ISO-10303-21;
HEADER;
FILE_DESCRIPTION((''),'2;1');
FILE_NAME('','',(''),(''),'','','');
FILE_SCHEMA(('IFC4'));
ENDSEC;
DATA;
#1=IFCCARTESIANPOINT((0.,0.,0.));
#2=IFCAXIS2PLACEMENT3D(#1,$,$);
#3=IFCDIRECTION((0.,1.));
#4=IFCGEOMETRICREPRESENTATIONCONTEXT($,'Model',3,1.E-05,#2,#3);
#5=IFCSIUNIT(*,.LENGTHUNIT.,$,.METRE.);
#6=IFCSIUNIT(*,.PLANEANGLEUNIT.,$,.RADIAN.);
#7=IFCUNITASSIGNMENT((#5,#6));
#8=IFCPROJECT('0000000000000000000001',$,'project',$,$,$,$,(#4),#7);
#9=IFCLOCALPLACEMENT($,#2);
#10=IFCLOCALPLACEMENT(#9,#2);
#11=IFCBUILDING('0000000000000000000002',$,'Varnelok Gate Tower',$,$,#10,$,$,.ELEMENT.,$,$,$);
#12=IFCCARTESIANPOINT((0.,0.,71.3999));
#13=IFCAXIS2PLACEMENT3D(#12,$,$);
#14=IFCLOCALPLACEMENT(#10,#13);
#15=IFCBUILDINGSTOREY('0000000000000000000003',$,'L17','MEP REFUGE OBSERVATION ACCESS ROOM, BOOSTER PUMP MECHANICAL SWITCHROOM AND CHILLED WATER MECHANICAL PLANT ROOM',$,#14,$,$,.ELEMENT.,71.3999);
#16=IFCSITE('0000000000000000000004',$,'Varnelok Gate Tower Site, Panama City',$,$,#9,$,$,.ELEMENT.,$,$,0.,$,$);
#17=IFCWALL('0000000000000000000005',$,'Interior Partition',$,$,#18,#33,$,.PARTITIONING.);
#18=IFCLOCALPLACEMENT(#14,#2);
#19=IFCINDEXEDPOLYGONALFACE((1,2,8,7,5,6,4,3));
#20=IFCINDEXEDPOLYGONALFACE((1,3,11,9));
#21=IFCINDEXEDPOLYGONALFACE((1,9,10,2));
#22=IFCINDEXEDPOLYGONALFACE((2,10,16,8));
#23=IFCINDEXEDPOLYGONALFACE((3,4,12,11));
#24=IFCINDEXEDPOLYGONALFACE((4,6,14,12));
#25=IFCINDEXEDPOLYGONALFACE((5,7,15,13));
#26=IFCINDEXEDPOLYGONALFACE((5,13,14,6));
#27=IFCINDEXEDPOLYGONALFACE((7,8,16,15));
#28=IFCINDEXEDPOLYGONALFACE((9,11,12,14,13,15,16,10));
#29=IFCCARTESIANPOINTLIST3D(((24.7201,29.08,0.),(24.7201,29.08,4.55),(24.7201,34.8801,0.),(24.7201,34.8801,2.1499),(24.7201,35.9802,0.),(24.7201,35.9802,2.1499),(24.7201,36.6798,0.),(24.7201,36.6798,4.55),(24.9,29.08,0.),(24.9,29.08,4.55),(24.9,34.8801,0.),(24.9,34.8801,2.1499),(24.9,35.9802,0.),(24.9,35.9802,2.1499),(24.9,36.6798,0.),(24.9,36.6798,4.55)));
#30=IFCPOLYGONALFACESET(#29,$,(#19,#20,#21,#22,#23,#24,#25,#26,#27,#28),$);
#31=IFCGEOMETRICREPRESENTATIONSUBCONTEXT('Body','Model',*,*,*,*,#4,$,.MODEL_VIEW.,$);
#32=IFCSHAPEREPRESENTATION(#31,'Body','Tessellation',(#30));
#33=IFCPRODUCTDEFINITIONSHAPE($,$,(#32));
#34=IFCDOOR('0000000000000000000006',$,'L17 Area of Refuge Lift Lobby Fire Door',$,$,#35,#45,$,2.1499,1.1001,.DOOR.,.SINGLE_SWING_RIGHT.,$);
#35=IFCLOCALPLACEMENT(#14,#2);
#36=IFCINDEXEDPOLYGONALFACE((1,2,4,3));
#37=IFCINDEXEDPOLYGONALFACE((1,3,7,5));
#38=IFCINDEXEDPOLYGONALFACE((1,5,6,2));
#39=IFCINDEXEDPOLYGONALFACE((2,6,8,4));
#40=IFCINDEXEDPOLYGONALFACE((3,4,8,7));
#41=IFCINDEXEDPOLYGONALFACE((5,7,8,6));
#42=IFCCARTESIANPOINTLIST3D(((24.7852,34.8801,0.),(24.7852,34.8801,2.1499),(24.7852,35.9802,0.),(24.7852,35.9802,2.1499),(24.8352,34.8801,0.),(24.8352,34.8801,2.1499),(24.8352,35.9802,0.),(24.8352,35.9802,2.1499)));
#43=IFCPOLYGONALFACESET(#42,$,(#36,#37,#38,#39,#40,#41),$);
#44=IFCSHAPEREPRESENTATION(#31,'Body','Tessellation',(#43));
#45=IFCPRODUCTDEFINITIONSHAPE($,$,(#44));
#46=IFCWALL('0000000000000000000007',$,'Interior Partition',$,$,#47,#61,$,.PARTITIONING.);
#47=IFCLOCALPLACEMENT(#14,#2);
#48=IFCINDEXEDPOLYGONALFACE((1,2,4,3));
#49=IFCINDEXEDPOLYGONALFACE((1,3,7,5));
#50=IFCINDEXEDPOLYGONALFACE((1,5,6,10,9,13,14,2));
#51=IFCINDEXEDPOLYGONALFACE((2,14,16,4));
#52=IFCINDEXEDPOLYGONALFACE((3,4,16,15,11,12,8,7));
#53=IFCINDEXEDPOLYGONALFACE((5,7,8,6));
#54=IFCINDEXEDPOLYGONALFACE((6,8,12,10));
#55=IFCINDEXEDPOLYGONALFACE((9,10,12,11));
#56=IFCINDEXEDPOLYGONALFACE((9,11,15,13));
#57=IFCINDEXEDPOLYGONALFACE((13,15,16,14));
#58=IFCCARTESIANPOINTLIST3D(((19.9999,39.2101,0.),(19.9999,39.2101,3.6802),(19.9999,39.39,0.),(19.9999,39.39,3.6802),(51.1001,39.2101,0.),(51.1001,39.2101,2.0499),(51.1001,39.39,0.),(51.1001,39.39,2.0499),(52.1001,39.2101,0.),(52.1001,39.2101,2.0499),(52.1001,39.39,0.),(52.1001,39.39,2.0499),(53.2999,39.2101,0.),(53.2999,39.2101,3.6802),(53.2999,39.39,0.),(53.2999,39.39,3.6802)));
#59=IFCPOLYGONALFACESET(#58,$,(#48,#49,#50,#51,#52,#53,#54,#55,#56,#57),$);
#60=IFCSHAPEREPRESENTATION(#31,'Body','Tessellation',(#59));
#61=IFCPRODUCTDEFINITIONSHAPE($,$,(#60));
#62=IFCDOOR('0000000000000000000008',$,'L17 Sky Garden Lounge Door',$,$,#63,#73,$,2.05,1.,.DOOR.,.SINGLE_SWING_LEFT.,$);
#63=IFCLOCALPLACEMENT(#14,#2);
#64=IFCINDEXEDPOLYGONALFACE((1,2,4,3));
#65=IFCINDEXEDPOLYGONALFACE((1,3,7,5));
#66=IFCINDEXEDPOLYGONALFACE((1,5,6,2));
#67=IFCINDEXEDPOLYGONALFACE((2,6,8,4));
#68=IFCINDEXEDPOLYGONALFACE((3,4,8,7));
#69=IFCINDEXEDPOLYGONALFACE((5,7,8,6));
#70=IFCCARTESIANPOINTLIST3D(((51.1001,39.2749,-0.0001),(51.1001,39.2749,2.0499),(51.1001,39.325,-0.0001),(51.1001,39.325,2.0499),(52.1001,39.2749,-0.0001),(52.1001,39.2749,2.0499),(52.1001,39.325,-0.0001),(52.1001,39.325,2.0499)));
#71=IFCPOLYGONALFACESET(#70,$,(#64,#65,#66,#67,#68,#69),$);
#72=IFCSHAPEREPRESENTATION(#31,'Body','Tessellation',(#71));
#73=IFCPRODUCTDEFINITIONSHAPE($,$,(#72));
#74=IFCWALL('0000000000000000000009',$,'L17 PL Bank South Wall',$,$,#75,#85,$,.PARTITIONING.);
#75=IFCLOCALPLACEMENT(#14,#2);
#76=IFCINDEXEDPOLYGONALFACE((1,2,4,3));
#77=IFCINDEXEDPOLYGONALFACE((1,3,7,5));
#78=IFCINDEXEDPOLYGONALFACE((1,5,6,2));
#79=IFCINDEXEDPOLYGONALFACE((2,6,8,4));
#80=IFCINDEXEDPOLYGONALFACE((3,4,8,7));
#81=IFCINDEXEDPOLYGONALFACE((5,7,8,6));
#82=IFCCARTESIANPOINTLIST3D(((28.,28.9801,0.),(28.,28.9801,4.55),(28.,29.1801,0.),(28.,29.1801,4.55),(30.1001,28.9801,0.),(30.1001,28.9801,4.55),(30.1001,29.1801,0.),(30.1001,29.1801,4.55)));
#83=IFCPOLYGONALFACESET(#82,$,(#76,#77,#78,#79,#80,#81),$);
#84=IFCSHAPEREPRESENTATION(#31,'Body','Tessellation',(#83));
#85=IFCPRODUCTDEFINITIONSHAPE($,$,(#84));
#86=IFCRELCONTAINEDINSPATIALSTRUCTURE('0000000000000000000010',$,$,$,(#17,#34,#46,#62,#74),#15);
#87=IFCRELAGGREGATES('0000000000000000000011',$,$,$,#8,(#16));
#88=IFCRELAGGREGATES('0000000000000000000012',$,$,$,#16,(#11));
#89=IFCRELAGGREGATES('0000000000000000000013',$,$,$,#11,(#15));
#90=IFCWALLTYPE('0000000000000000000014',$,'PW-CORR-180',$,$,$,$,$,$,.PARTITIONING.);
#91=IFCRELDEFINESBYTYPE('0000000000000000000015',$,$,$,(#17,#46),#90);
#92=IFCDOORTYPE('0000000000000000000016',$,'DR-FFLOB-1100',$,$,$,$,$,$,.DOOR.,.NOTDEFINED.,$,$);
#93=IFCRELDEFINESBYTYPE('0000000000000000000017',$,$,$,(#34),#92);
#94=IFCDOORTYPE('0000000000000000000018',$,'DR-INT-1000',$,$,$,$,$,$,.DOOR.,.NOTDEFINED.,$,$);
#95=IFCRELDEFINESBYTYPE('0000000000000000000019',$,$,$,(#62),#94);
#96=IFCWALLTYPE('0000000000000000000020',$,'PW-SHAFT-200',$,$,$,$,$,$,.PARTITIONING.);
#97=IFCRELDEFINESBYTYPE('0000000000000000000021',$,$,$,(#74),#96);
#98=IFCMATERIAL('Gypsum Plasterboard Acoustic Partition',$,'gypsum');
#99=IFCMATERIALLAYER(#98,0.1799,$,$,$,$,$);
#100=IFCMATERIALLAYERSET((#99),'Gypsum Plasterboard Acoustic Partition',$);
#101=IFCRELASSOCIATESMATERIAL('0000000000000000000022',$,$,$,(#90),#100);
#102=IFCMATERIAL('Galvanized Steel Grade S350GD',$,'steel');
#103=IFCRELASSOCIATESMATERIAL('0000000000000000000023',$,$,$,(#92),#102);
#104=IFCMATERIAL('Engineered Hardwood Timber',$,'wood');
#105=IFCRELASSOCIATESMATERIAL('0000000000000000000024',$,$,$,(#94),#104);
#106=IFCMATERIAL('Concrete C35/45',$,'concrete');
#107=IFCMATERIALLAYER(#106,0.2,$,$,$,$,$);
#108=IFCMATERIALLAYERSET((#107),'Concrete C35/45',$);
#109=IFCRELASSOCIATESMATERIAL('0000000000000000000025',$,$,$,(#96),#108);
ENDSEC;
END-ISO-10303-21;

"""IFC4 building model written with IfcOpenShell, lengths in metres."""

from ifc_helpers import new_model, si_unit, direction, frame, frame_2d, origin, place, context, subcontext, project, spatial, rectangle, extrude, material, layer, layer_set, type_object, element, fill, save


model = new_model("IFC4")

# Units and contexts
model_context = context("Model", 3, precision=1e-05, world=origin(), true_north=direction((0.0, 1.0)))
body_context = subcontext(model_context, "Body", "Model", "MODEL_VIEW")
ifc_project = project(units=[si_unit("LENGTHUNIT", "METRE"), si_unit("PLANEANGLEUNIT", "RADIAN")], contexts=[model_context])

# Site, building, storey
site_placement = place(None, origin())
site = spatial("IfcSite", under=ifc_project, at=site_placement, Name="Varnelok Gate Tower Site, Panama City", CompositionType="ELEMENT", RefElevation=0.0)
building_placement = place(site_placement, origin())
building = spatial("IfcBuilding", under=site, at=building_placement, Name="Varnelok Gate Tower", CompositionType="ELEMENT")
storey_placement = place(building_placement, frame((0.0, 0.0, 71.3999)))
storey = spatial("IfcBuildingStorey", under=building, at=storey_placement, Name="L17", Description="MEP REFUGE OBSERVATION ACCESS ROOM, BOOSTER PUMP MECHANICAL SWITCHROOM AND CHILLED WATER MECHANICAL PLANT ROOM", CompositionType="ELEMENT", Elevation=71.3999)

# Shared definitions
ifc_material_1 = material(Name="Gypsum Plasterboard Acoustic Partition", Category="gypsum")
ifc_layer_1 = layer(ifc_material_1, 0.1799)
ifc_layer_set_1 = layer_set([ifc_layer_1], Name="Gypsum Plasterboard Acoustic Partition")
wall_type_1 = type_object("IfcWallType", Name="PW-CORR-180", PredefinedType="PARTITIONING", material=ifc_layer_set_1)
ifc_material_2 = material(Name="Galvanized Steel Grade S350GD", Category="steel")
door_type_1 = type_object("IfcDoorType", Name="DR-FFLOB-1100", OperationType="NOTDEFINED", PredefinedType="DOOR", material=ifc_material_2)

# Walls, openings, doors
wall_1_placement = place(storey_placement, frame((24.8101, 29.0801, 0.0), z_axis=(0.0, 0.0, 1.0), x_axis=(0.0, 1.0, 0.0)))
wall_1 = element("IfcWall", 1, at=wall_1_placement, inside=storey, type_object=wall_type_1, Name="Interior Partition", PredefinedType="PARTITIONING", context=body_context, shape_type="SweptSolid", body=[
    extrude(rectangle(XDim=7.5999, YDim=0.1799, at=frame_2d((3.7998, 0.0))), origin(), (0.0, 0.0, 1.0), 4.55),
])
opening_1_placement = place(wall_1_placement, frame((5.8, 0.0, 0.0)))
opening_1 = element("IfcOpeningElement", 2, at=opening_1_placement, cuts=wall_1, PredefinedType="OPENING", context=body_context, shape_type="SweptSolid", body=[
    extrude(rectangle(XDim=1.1001, YDim=2.1499, at=frame_2d((0.55, 1.075))), frame((0.0, 0.0999, 0.0), z_axis=(0.0, -1.0, 0.0), x_axis=(1.0, 0.0, 0.0)), (0.0, 0.0, 1.0), 0.2),
])
door_1_placement = place(opening_1_placement, origin())
door_1 = element("IfcDoor", 3, at=door_1_placement, inside=storey, type_object=door_type_1, Name="L17 Area of Refuge Lift Lobby Fire Door", OperationType="SINGLE_SWING_RIGHT", OverallHeight=2.1499, OverallWidth=1.1001, PredefinedType="DOOR", context=body_context, shape_type="SweptSolid", body=[
    extrude(rectangle(XDim=1.1001, YDim=2.1499, at=frame_2d((0.55, 1.075))), frame((0.0, 0.0249, 0.0), z_axis=(0.0, -1.0, 0.0), x_axis=(1.0, 0.0, 0.0)), (0.0, 0.0, 1.0), 0.05),
])
fill(opening_1, door_1)
wall_2_placement = place(storey_placement, frame((20.0, 39.3, 0.0), z_axis=(0.0, 0.0, 1.0), x_axis=(1.0, 0.0, 0.0)))
wall_2 = element("IfcWall", 4, at=wall_2_placement, inside=storey, type_object=wall_type_1, Name="Interior Partition", PredefinedType="PARTITIONING", context=body_context, shape_type="SweptSolid", body=[
    extrude(rectangle(XDim=33.3, YDim=0.1799, at=frame_2d((16.6499, 0.0))), origin(), (0.0, 0.0, 1.0), 3.6802),
])
opening_2_placement = place(wall_2_placement, frame((31.1001, 0.0, 0.0)))
opening_2 = element("IfcOpeningElement", 5, at=opening_2_placement, cuts=wall_2, PredefinedType="OPENING", context=body_context, shape_type="SweptSolid", body=[
    extrude(rectangle(XDim=1.0, YDim=2.05, at=frame_2d((0.5, 1.0249))), frame((0.0, 0.0999, 0.0), z_axis=(0.0, -1.0, 0.0), x_axis=(1.0, 0.0, 0.0)), (0.0, 0.0, 1.0), 0.2),
])
ifc_material_3 = material(Name="Engineered Hardwood Timber", Category="wood")
door_type_2 = type_object("IfcDoorType", Name="DR-INT-1000", OperationType="NOTDEFINED", PredefinedType="DOOR", material=ifc_material_3)
door_2_placement = place(opening_2_placement, origin())
door_2 = element("IfcDoor", 6, at=door_2_placement, inside=storey, type_object=door_type_2, Name="L17 Sky Garden Lounge Door", OperationType="SINGLE_SWING_LEFT", OverallHeight=2.05, OverallWidth=1.0, PredefinedType="DOOR", context=body_context, shape_type="SweptSolid", body=[
    extrude(rectangle(XDim=1.0, YDim=2.05, at=frame_2d((0.5, 1.0249))), frame((0.0, 0.0249, 0.0), z_axis=(0.0, -1.0, 0.0), x_axis=(1.0, 0.0, 0.0)), (0.0, 0.0, 1.0), 0.05),
])
fill(opening_2, door_2)

# Wall
ifc_material_4 = material(Name="Concrete C35/45", Category="concrete")
ifc_layer_2 = layer(ifc_material_4, 0.2)
ifc_layer_set_2 = layer_set([ifc_layer_2], Name="Concrete C35/45")
wall_type_2 = type_object("IfcWallType", Name="PW-SHAFT-200", PredefinedType="PARTITIONING", material=ifc_layer_set_2)
wall_3_placement = place(storey_placement, frame((28.0, 29.0801, 0.0), z_axis=(0.0, 0.0, 1.0), x_axis=(1.0, 0.0, 0.0)))
element("IfcWall", 7, at=wall_3_placement, inside=storey, type_object=wall_type_2, Name="L17 PL Bank South Wall", PredefinedType="PARTITIONING", context=body_context, shape_type="SweptSolid", body=[
    extrude(rectangle(XDim=2.1001, YDim=0.2, at=frame_2d((1.05, 0.0))), origin(), (0.0, 0.0, 1.0), 4.55),
])

save(model, "model.ifc")
